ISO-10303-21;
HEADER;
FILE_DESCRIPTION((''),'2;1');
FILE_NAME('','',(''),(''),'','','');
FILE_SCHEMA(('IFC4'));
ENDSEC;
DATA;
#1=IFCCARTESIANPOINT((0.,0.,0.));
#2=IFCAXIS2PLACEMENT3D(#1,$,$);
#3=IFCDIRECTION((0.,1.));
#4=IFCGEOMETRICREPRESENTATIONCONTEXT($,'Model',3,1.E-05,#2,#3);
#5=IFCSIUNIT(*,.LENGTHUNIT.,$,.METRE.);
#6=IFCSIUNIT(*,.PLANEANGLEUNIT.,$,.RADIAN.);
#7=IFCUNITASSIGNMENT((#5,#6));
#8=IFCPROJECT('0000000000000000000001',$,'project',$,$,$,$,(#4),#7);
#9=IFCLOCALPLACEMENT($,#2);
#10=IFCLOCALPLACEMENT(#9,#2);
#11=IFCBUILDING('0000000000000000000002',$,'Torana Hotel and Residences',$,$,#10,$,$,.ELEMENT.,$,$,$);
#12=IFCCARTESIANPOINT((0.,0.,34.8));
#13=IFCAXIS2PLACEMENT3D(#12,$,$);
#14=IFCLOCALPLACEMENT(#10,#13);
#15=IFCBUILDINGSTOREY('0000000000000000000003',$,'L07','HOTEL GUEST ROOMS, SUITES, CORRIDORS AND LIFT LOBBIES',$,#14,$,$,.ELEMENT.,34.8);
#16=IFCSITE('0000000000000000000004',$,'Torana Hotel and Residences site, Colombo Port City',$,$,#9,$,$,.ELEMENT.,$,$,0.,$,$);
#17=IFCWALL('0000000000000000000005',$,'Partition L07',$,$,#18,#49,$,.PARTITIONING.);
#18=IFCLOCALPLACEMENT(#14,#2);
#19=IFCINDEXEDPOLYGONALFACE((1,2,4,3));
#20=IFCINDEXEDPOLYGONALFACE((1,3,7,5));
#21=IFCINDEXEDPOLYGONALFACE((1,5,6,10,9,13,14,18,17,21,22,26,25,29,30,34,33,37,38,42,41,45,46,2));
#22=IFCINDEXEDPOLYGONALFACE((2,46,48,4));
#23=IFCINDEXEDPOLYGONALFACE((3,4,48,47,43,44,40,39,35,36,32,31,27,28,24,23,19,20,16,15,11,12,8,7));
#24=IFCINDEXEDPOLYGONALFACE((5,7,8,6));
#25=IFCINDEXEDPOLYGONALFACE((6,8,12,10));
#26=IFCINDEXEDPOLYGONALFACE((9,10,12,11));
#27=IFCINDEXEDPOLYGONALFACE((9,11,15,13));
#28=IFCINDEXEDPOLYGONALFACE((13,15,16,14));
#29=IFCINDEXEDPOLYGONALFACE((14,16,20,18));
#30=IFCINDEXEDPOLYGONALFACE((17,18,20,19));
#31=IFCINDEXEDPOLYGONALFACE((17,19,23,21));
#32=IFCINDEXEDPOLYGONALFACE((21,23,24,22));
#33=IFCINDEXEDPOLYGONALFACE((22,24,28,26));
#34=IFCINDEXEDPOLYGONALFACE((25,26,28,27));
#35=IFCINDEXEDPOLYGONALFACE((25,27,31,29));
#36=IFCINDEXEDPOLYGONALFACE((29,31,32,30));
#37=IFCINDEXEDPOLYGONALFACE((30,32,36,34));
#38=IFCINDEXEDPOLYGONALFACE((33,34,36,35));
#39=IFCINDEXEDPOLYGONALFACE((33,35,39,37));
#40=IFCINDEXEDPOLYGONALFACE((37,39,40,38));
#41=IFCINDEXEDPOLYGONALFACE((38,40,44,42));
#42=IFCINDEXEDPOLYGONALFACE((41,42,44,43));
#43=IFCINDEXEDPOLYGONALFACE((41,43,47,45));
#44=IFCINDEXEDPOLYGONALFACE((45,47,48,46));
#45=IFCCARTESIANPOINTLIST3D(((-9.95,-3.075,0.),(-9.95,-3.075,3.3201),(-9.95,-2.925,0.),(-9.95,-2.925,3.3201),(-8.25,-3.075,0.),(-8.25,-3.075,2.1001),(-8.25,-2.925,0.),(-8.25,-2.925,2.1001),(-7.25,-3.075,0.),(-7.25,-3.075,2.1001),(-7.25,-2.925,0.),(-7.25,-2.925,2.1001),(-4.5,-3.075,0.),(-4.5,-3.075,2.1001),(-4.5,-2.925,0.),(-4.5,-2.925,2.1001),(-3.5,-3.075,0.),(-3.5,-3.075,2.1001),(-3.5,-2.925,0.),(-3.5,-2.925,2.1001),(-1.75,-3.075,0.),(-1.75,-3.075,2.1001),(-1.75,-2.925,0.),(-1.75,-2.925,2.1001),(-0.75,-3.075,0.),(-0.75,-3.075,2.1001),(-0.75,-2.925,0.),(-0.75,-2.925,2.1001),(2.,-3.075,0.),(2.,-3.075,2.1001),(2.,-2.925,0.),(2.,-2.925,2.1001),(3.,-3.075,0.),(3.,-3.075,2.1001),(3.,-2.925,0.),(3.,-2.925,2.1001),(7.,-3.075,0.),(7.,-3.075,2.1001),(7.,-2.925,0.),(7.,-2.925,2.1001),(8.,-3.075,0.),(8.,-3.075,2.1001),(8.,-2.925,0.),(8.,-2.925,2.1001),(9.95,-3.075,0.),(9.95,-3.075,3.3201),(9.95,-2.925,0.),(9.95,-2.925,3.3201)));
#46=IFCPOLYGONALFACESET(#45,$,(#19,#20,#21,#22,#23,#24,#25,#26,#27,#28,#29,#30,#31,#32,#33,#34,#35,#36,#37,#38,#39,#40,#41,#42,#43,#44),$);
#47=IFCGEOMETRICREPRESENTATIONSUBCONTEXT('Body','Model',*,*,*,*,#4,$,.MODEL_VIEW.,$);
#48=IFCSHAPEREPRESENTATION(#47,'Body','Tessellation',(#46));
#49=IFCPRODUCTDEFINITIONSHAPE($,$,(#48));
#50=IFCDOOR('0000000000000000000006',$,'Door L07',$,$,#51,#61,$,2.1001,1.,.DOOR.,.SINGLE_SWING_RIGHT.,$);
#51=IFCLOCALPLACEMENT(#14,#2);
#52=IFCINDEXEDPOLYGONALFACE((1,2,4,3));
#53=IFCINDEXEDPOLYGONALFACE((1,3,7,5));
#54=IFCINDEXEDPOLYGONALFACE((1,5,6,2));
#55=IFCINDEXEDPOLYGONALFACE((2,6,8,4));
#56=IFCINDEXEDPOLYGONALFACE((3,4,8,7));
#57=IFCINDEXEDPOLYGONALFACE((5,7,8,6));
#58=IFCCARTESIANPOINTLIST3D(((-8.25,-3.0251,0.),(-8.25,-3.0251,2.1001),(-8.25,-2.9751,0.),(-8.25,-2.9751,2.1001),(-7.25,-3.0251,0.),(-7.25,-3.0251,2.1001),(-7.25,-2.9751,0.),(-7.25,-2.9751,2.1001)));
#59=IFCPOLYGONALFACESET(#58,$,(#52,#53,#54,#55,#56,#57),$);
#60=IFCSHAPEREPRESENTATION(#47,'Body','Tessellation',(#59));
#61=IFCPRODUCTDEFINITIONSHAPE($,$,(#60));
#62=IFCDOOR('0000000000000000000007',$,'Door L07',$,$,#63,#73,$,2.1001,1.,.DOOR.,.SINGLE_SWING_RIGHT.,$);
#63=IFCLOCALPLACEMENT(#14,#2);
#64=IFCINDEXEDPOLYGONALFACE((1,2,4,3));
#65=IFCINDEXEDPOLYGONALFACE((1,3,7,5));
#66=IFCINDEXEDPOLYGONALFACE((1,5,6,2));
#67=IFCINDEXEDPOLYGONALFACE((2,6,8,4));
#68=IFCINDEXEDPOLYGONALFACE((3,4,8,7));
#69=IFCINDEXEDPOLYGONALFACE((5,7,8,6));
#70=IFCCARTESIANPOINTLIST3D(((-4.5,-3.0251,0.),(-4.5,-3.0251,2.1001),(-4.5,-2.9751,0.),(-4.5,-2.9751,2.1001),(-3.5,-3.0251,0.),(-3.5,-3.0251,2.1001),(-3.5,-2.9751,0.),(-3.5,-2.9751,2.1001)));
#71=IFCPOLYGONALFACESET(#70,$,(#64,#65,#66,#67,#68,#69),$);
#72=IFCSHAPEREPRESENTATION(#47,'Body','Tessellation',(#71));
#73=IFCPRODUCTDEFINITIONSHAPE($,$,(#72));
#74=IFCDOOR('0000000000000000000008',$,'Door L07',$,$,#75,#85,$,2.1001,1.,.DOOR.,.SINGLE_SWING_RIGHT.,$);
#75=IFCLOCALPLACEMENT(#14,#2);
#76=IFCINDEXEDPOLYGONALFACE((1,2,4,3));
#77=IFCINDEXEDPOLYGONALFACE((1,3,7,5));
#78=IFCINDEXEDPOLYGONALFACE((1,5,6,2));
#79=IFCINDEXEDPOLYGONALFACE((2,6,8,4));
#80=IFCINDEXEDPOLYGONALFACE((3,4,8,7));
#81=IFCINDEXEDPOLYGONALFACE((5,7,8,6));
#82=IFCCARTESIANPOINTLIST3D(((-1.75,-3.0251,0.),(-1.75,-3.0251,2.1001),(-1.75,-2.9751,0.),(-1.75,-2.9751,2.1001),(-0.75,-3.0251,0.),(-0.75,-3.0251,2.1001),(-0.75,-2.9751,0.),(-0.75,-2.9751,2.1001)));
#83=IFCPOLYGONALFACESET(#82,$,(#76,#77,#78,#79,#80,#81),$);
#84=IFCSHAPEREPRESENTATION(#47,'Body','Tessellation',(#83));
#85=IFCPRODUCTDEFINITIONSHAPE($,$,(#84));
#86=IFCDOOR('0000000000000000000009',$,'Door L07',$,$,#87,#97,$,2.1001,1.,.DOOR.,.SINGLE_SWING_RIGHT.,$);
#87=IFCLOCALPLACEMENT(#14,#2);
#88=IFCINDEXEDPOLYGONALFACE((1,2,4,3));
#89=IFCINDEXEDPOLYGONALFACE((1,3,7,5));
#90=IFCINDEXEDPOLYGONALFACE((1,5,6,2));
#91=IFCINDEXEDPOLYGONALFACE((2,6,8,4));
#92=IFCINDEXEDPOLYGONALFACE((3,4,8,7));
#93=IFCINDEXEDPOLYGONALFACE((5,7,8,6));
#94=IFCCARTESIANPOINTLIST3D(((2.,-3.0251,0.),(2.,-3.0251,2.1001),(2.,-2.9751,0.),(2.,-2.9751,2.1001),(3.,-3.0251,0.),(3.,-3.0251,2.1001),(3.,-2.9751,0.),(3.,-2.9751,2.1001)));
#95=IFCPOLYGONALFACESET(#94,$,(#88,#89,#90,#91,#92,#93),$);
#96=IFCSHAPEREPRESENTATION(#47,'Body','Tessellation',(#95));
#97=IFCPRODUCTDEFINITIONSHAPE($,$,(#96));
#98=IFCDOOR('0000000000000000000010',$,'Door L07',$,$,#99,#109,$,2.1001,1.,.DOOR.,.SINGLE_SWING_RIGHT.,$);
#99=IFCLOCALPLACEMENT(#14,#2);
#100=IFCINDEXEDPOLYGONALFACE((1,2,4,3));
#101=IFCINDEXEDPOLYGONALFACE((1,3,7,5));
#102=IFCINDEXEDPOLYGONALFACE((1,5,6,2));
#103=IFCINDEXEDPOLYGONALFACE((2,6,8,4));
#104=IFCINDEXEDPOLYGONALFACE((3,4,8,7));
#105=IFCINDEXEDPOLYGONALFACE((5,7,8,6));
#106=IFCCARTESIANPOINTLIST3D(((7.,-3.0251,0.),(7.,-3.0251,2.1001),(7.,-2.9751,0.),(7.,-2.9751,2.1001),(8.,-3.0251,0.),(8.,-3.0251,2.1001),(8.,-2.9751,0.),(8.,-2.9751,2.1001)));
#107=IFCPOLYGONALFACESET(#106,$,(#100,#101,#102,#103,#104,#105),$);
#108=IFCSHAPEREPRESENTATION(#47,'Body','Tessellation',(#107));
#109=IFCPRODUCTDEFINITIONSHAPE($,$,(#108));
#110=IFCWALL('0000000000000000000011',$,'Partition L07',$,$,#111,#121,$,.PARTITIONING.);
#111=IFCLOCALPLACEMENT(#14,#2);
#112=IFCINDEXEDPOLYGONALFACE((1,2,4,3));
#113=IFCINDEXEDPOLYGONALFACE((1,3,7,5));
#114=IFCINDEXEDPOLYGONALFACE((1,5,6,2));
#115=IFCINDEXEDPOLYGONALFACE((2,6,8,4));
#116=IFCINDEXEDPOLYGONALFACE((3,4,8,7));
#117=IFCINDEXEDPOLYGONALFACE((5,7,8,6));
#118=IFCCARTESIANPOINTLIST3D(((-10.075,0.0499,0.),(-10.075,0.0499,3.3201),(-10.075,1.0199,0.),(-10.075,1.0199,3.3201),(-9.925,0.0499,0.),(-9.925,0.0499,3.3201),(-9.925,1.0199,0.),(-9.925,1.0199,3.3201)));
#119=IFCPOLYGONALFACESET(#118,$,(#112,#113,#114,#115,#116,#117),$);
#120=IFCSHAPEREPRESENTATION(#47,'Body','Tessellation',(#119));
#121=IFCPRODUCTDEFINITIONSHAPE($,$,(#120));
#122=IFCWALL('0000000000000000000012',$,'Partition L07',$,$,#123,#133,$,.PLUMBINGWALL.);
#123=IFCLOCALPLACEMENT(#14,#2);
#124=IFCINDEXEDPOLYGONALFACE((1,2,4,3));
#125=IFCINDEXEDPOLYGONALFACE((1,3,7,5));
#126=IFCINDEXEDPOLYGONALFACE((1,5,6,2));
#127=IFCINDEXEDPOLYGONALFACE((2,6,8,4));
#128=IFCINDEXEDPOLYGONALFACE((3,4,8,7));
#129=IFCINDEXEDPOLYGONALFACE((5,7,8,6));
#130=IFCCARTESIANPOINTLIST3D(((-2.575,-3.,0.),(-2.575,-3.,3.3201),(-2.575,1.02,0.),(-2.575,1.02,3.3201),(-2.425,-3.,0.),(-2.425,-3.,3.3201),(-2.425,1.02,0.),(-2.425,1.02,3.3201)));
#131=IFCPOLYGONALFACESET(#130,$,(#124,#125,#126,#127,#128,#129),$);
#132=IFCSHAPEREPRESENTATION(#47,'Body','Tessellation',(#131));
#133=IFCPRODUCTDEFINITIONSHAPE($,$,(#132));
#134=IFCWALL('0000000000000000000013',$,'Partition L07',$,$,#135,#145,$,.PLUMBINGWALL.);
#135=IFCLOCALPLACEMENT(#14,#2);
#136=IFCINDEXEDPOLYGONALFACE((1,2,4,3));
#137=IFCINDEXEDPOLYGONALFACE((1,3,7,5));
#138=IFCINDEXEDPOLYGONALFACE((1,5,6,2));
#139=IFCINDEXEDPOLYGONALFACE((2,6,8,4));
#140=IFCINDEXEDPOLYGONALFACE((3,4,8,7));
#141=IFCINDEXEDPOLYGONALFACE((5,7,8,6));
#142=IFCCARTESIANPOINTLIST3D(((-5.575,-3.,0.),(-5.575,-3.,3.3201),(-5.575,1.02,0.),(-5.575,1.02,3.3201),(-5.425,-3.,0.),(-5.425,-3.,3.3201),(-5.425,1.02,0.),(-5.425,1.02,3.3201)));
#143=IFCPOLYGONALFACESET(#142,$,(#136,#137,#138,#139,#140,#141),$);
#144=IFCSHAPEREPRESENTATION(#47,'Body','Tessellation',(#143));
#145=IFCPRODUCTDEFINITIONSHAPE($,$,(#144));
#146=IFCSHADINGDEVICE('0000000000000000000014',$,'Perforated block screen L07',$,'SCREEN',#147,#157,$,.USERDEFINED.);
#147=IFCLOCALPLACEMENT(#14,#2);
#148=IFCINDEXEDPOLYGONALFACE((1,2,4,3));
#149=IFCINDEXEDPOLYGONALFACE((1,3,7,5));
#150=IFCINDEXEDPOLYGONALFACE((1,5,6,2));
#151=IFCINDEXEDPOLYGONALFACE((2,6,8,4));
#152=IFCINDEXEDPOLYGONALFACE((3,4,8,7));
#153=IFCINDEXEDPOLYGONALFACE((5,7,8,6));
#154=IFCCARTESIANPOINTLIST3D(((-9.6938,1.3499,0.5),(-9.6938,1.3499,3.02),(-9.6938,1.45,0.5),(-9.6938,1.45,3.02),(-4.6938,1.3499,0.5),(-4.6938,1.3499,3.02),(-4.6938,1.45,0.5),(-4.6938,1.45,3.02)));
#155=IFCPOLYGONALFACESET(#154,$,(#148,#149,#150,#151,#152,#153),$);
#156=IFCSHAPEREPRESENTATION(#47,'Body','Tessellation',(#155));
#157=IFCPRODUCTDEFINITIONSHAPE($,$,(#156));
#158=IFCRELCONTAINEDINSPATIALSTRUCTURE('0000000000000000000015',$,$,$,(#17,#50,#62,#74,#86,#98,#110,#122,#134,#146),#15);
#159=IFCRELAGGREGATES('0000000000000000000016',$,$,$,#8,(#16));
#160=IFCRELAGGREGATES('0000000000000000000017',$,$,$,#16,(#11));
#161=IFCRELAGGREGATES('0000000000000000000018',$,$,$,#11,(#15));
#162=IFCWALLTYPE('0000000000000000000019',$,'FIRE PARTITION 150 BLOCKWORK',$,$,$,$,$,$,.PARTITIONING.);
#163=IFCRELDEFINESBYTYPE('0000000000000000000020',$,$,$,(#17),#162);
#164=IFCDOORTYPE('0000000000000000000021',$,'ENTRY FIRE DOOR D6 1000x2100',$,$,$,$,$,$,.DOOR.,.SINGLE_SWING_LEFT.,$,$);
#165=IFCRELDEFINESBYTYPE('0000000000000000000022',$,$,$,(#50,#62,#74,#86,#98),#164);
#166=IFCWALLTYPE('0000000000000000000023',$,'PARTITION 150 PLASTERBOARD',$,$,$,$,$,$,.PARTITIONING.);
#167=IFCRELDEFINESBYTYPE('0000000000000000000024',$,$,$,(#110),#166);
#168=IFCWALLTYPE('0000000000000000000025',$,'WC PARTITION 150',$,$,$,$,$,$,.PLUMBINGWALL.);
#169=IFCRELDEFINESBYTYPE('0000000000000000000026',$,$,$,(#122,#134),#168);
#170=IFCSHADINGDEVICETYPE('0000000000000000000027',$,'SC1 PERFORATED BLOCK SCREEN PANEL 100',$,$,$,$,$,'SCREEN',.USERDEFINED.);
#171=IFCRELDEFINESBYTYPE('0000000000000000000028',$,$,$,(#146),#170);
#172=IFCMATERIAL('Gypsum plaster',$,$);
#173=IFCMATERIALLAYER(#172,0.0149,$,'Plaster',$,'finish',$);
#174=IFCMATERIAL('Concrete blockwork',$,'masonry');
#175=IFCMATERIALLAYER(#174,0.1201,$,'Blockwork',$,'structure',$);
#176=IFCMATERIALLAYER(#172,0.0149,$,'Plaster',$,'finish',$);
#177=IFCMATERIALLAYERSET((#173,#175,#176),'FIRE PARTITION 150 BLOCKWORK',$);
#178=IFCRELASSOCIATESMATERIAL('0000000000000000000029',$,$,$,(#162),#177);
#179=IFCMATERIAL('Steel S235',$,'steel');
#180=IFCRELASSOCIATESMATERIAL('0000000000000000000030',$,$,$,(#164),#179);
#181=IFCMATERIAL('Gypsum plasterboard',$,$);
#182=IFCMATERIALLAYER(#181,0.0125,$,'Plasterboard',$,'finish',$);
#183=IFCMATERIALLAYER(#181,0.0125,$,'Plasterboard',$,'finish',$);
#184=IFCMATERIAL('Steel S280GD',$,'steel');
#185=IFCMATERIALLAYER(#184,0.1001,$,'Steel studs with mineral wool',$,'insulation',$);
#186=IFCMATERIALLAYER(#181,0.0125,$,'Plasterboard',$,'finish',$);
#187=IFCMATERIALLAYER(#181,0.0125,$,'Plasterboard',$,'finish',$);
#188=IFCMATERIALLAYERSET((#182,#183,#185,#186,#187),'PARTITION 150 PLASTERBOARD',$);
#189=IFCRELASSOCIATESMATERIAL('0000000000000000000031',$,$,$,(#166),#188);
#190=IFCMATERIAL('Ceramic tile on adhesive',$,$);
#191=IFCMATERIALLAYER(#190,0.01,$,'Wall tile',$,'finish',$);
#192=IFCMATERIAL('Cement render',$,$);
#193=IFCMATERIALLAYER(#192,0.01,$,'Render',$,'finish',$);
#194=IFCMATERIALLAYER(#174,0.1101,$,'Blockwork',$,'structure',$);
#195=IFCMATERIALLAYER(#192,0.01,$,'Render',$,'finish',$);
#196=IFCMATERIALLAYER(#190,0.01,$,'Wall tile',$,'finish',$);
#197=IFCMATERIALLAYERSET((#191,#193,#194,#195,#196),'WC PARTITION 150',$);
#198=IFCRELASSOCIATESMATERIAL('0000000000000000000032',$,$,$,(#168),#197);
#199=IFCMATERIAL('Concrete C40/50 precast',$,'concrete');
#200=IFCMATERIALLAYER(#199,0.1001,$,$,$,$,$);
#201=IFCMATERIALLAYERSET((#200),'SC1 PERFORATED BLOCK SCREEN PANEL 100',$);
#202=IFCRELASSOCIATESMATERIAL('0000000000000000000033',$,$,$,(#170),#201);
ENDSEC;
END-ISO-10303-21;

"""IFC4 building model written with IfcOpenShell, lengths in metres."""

from ifc_helpers import new_model, si_unit, direction, frame, frame_2d, origin, origin_2d, place, context, subcontext, project, spatial, rectangle, extrude, material, layer, layer_set, type_object, element, fill, save


model = new_model("IFC4")

# Units and contexts
model_context = context("Model", 3, precision=1e-05, world=origin(), true_north=direction((0.0, 1.0)))
body_context = subcontext(model_context, "Body", "Model", "MODEL_VIEW")
ifc_project = project(units=[si_unit("LENGTHUNIT", "METRE"), si_unit("PLANEANGLEUNIT", "RADIAN")], contexts=[model_context])

# Site, building, storey
site_placement = place(None, origin())
site = spatial("IfcSite", under=ifc_project, at=site_placement, Name="Torana Hotel and Residences site, Colombo Port City", CompositionType="ELEMENT", RefElevation=0.0)
building_placement = place(site_placement, origin())
building = spatial("IfcBuilding", under=site, at=building_placement, Name="Torana Hotel and Residences", CompositionType="ELEMENT")
storey_placement = place(building_placement, frame((0.0, 0.0, 34.8)))
storey = spatial("IfcBuildingStorey", under=building, at=storey_placement, Name="L07", Description="HOTEL GUEST ROOMS, SUITES, CORRIDORS AND LIFT LOBBIES", CompositionType="ELEMENT", Elevation=34.8)

# Shared definitions
ifc_material_1 = material(Name="Gypsum plaster")
ifc_layer_1 = layer(ifc_material_1, 0.0149, Name="Plaster", Category="finish")
ifc_material_2 = material(Name="Concrete blockwork", Category="masonry")
ifc_layer_2 = layer(ifc_material_2, 0.1201, Name="Blockwork", Category="structure")
ifc_layer_3 = layer(ifc_material_1, 0.0149, Name="Plaster", Category="finish")
ifc_layer_set_1 = layer_set([ifc_layer_1, ifc_layer_2, ifc_layer_3], Name="FIRE PARTITION 150 BLOCKWORK")
wall_type_1 = type_object("IfcWallType", Name="FIRE PARTITION 150 BLOCKWORK", PredefinedType="PARTITIONING", material=ifc_layer_set_1)

# Wall, openings, doors
ifc_material_3 = material(Name="Steel S235", Category="steel")
door_type = type_object("IfcDoorType", Name="ENTRY FIRE DOOR D6 1000x2100", OperationType="SINGLE_SWING_LEFT", PredefinedType="DOOR", material=ifc_material_3)
wall_1_placement = place(storey_placement, frame((-9.95, -3.0, 0.0), z_axis=(0.0, 0.0, 1.0), x_axis=(1.0, 0.0, 0.0)))
wall_1 = element("IfcWall", 1, at=wall_1_placement, inside=storey, type_object=wall_type_1, Name="Partition L07", PredefinedType="PARTITIONING", context=body_context, shape_type="SweptSolid", body=[
    extrude(rectangle(XDim=19.8999, YDim=0.1499, at=frame_2d((9.95, 0.0))), origin(), (0.0, 0.0, 1.0), 3.3201),
])
opening_1_placement = place(wall_1_placement, frame((1.7, 0.0, 0.0)))
opening_1 = element("IfcOpeningElement", 2, at=opening_1_placement, cuts=wall_1, PredefinedType="OPENING", context=body_context, shape_type="SweptSolid", body=[
    extrude(rectangle(XDim=1.0, YDim=2.1001, at=frame_2d((0.5, 1.05))), frame((0.0, 0.085, 0.0), z_axis=(0.0, -1.0, 0.0), x_axis=(1.0, 0.0, 0.0)), (0.0, 0.0, 1.0), 0.1699),
])
opening_2_placement = place(wall_1_placement, frame((5.45, 0.0, 0.0)))
opening_2 = element("IfcOpeningElement", 3, at=opening_2_placement, cuts=wall_1, PredefinedType="OPENING", context=body_context, shape_type="SweptSolid", body=[
    extrude(rectangle(XDim=1.0, YDim=2.1001, at=frame_2d((0.5, 1.05))), frame((0.0, 0.085, 0.0), z_axis=(0.0, -1.0, 0.0), x_axis=(1.0, 0.0, 0.0)), (0.0, 0.0, 1.0), 0.1699),
])
opening_3_placement = place(wall_1_placement, frame((8.2, 0.0, 0.0)))
opening_3 = element("IfcOpeningElement", 4, at=opening_3_placement, cuts=wall_1, PredefinedType="OPENING", context=body_context, shape_type="SweptSolid", body=[
    extrude(rectangle(XDim=1.0, YDim=2.1001, at=frame_2d((0.5, 1.05))), frame((0.0, 0.085, 0.0), z_axis=(0.0, -1.0, 0.0), x_axis=(1.0, 0.0, 0.0)), (0.0, 0.0, 1.0), 0.1699),
])
opening_4_placement = place(wall_1_placement, frame((11.95, 0.0, 0.0)))
opening_4 = element("IfcOpeningElement", 5, at=opening_4_placement, cuts=wall_1, PredefinedType="OPENING", context=body_context, shape_type="SweptSolid", body=[
    extrude(rectangle(XDim=1.0, YDim=2.1001, at=frame_2d((0.5, 1.05))), frame((0.0, 0.085, 0.0), z_axis=(0.0, -1.0, 0.0), x_axis=(1.0, 0.0, 0.0)), (0.0, 0.0, 1.0), 0.1699),
])
opening_5_placement = place(wall_1_placement, frame((16.95, 0.0, 0.0)))
opening_5 = element("IfcOpeningElement", 6, at=opening_5_placement, cuts=wall_1, PredefinedType="OPENING", context=body_context, shape_type="SweptSolid", body=[
    extrude(rectangle(XDim=1.0, YDim=2.1001, at=frame_2d((0.5, 1.05))), frame((0.0, 0.085, 0.0), z_axis=(0.0, -1.0, 0.0), x_axis=(1.0, 0.0, 0.0)), (0.0, 0.0, 1.0), 0.1699),
])
door_1_placement = place(opening_1_placement, origin())
door_1 = element("IfcDoor", 7, at=door_1_placement, inside=storey, type_object=door_type, Name="Door L07", OperationType="SINGLE_SWING_RIGHT", OverallHeight=2.1001, OverallWidth=1.0, PredefinedType="DOOR", context=body_context, shape_type="SweptSolid", body=[
    extrude(rectangle(XDim=1.0, YDim=2.1001, at=frame_2d((0.5, 1.05))), frame((0.0, 0.0249, 0.0), z_axis=(0.0, -1.0, 0.0), x_axis=(1.0, 0.0, 0.0)), (0.0, 0.0, 1.0), 0.05),
])
fill(opening_1, door_1)
door_2_placement = place(opening_2_placement, origin())
door_2 = element("IfcDoor", 8, at=door_2_placement, inside=storey, type_object=door_type, Name="Door L07", OperationType="SINGLE_SWING_RIGHT", OverallHeight=2.1001, OverallWidth=1.0, PredefinedType="DOOR", context=body_context, shape_type="SweptSolid", body=[
    extrude(rectangle(XDim=1.0, YDim=2.1001, at=frame_2d((0.5, 1.05))), frame((0.0, 0.0249, 0.0), z_axis=(0.0, -1.0, 0.0), x_axis=(1.0, 0.0, 0.0)), (0.0, 0.0, 1.0), 0.05),
])
fill(opening_2, door_2)
door_3_placement = place(opening_3_placement, origin())
door_3 = element("IfcDoor", 9, at=door_3_placement, inside=storey, type_object=door_type, Name="Door L07", OperationType="SINGLE_SWING_RIGHT", OverallHeight=2.1001, OverallWidth=1.0, PredefinedType="DOOR", context=body_context, shape_type="SweptSolid", body=[
    extrude(rectangle(XDim=1.0, YDim=2.1001, at=frame_2d((0.5, 1.05))), frame((0.0, 0.0249, 0.0), z_axis=(0.0, -1.0, 0.0), x_axis=(1.0, 0.0, 0.0)), (0.0, 0.0, 1.0), 0.05),
])
fill(opening_3, door_3)
door_4_placement = place(opening_4_placement, origin())
door_4 = element("IfcDoor", 10, at=door_4_placement, inside=storey, type_object=door_type, Name="Door L07", OperationType="SINGLE_SWING_RIGHT", OverallHeight=2.1001, OverallWidth=1.0, PredefinedType="DOOR", context=body_context, shape_type="SweptSolid", body=[
    extrude(rectangle(XDim=1.0, YDim=2.1001, at=frame_2d((0.5, 1.05))), frame((0.0, 0.0249, 0.0), z_axis=(0.0, -1.0, 0.0), x_axis=(1.0, 0.0, 0.0)), (0.0, 0.0, 1.0), 0.05),
])
fill(opening_4, door_4)
door_5_placement = place(opening_5_placement, origin())
door_5 = element("IfcDoor", 11, at=door_5_placement, inside=storey, type_object=door_type, Name="Door L07", OperationType="SINGLE_SWING_RIGHT", OverallHeight=2.1001, OverallWidth=1.0, PredefinedType="DOOR", context=body_context, shape_type="SweptSolid", body=[
    extrude(rectangle(XDim=1.0, YDim=2.1001, at=frame_2d((0.5, 1.05))), frame((0.0, 0.0249, 0.0), z_axis=(0.0, -1.0, 0.0), x_axis=(1.0, 0.0, 0.0)), (0.0, 0.0, 1.0), 0.05),
])
fill(opening_5, door_5)

# Walls
ifc_material_4 = material(Name="Gypsum plasterboard")
ifc_layer_4 = layer(ifc_material_4, 0.0125, Name="Plasterboard", Category="finish")
ifc_layer_5 = layer(ifc_material_4, 0.0125, Name="Plasterboard", Category="finish")
ifc_material_5 = material(Name="Steel S280GD", Category="steel")
ifc_layer_6 = layer(ifc_material_5, 0.1001, Name="Steel studs with mineral wool", Category="insulation")
ifc_layer_7 = layer(ifc_material_4, 0.0125, Name="Plasterboard", Category="finish")
ifc_layer_8 = layer(ifc_material_4, 0.0125, Name="Plasterboard", Category="finish")
ifc_layer_set_2 = layer_set([ifc_layer_4, ifc_layer_5, ifc_layer_6, ifc_layer_7, ifc_layer_8], Name="PARTITION 150 PLASTERBOARD")
wall_type_2 = type_object("IfcWallType", Name="PARTITION 150 PLASTERBOARD", PredefinedType="PARTITIONING", material=ifc_layer_set_2)
wall_2_placement = place(storey_placement, frame((-10.0, 0.05, 0.0), z_axis=(0.0, 0.0, 1.0), x_axis=(0.0, 1.0, 0.0)))
element("IfcWall", 12, at=wall_2_placement, inside=storey, type_object=wall_type_2, Name="Partition L07", PredefinedType="PARTITIONING", context=body_context, shape_type="SweptSolid", body=[
    extrude(rectangle(XDim=0.97, YDim=0.1499, at=frame_2d((0.4849, 0.0))), origin(), (0.0, 0.0, 1.0), 3.3201),
])
ifc_material_6 = material(Name="Ceramic tile on adhesive")
ifc_layer_9 = layer(ifc_material_6, 0.01, Name="Wall tile", Category="finish")
ifc_material_7 = material(Name="Cement render")
ifc_layer_10 = layer(ifc_material_7, 0.01, Name="Render", Category="finish")
ifc_layer_11 = layer(ifc_material_2, 0.1101, Name="Blockwork", Category="structure")
ifc_layer_12 = layer(ifc_material_7, 0.01, Name="Render", Category="finish")
ifc_layer_13 = layer(ifc_material_6, 0.01, Name="Wall tile", Category="finish")
ifc_layer_set_3 = layer_set([ifc_layer_9, ifc_layer_10, ifc_layer_11, ifc_layer_12, ifc_layer_13], Name="WC PARTITION 150")
wall_type_3 = type_object("IfcWallType", Name="WC PARTITION 150", PredefinedType="PLUMBINGWALL", material=ifc_layer_set_3)
for number, where, z_axis, x_axis, name in (
    (13, (-2.5, -3.0, 0.0), (0.0, 0.0, 1.0), (0.0, 1.0, 0.0), "Partition L07"),
    (14, (-5.5, -3.0, 0.0), (0.0, 0.0, 1.0), (0.0, 1.0, 0.0), "Partition L07"),
):
    element("IfcWall", number, at=place(storey_placement, frame(where, z_axis=z_axis, x_axis=x_axis)), inside=storey, type_object=wall_type_3, Name=name, PredefinedType="PLUMBINGWALL", context=body_context, shape_type="SweptSolid", body=[
        extrude(rectangle(XDim=4.02, YDim=0.1499, at=frame_2d((2.01, 0.0))), origin(), (0.0, 0.0, 1.0), 3.3201),
    ])

# Shading device
ifc_material_8 = material(Name="Concrete C40/50 precast", Category="concrete")
ifc_layer_14 = layer(ifc_material_8, 0.1001)
ifc_layer_set_4 = layer_set([ifc_layer_14], Name="SC1 PERFORATED BLOCK SCREEN PANEL 100")
shading_device_type = type_object("IfcShadingDeviceType", Name="SC1 PERFORATED BLOCK SCREEN PANEL 100", ElementType="SCREEN", PredefinedType="USERDEFINED", material=ifc_layer_set_4)
shading_device_placement = place(storey_placement, frame((-7.1938, 1.3999, 0.5), z_axis=(0.0, 0.0, 1.0), x_axis=(-1.0, 0.0, 0.0)))
element("IfcShadingDevice", 15, at=shading_device_placement, inside=storey, type_object=shading_device_type, Name="Perforated block screen L07", ObjectType="SCREEN", PredefinedType="USERDEFINED", context=body_context, shape_type="SweptSolid", body=[
    extrude(rectangle(XDim=5.0, YDim=0.1001, at=origin_2d()), origin(), (0.0, 0.0, 1.0), 2.52),
])

save(model, "model.ifc")
